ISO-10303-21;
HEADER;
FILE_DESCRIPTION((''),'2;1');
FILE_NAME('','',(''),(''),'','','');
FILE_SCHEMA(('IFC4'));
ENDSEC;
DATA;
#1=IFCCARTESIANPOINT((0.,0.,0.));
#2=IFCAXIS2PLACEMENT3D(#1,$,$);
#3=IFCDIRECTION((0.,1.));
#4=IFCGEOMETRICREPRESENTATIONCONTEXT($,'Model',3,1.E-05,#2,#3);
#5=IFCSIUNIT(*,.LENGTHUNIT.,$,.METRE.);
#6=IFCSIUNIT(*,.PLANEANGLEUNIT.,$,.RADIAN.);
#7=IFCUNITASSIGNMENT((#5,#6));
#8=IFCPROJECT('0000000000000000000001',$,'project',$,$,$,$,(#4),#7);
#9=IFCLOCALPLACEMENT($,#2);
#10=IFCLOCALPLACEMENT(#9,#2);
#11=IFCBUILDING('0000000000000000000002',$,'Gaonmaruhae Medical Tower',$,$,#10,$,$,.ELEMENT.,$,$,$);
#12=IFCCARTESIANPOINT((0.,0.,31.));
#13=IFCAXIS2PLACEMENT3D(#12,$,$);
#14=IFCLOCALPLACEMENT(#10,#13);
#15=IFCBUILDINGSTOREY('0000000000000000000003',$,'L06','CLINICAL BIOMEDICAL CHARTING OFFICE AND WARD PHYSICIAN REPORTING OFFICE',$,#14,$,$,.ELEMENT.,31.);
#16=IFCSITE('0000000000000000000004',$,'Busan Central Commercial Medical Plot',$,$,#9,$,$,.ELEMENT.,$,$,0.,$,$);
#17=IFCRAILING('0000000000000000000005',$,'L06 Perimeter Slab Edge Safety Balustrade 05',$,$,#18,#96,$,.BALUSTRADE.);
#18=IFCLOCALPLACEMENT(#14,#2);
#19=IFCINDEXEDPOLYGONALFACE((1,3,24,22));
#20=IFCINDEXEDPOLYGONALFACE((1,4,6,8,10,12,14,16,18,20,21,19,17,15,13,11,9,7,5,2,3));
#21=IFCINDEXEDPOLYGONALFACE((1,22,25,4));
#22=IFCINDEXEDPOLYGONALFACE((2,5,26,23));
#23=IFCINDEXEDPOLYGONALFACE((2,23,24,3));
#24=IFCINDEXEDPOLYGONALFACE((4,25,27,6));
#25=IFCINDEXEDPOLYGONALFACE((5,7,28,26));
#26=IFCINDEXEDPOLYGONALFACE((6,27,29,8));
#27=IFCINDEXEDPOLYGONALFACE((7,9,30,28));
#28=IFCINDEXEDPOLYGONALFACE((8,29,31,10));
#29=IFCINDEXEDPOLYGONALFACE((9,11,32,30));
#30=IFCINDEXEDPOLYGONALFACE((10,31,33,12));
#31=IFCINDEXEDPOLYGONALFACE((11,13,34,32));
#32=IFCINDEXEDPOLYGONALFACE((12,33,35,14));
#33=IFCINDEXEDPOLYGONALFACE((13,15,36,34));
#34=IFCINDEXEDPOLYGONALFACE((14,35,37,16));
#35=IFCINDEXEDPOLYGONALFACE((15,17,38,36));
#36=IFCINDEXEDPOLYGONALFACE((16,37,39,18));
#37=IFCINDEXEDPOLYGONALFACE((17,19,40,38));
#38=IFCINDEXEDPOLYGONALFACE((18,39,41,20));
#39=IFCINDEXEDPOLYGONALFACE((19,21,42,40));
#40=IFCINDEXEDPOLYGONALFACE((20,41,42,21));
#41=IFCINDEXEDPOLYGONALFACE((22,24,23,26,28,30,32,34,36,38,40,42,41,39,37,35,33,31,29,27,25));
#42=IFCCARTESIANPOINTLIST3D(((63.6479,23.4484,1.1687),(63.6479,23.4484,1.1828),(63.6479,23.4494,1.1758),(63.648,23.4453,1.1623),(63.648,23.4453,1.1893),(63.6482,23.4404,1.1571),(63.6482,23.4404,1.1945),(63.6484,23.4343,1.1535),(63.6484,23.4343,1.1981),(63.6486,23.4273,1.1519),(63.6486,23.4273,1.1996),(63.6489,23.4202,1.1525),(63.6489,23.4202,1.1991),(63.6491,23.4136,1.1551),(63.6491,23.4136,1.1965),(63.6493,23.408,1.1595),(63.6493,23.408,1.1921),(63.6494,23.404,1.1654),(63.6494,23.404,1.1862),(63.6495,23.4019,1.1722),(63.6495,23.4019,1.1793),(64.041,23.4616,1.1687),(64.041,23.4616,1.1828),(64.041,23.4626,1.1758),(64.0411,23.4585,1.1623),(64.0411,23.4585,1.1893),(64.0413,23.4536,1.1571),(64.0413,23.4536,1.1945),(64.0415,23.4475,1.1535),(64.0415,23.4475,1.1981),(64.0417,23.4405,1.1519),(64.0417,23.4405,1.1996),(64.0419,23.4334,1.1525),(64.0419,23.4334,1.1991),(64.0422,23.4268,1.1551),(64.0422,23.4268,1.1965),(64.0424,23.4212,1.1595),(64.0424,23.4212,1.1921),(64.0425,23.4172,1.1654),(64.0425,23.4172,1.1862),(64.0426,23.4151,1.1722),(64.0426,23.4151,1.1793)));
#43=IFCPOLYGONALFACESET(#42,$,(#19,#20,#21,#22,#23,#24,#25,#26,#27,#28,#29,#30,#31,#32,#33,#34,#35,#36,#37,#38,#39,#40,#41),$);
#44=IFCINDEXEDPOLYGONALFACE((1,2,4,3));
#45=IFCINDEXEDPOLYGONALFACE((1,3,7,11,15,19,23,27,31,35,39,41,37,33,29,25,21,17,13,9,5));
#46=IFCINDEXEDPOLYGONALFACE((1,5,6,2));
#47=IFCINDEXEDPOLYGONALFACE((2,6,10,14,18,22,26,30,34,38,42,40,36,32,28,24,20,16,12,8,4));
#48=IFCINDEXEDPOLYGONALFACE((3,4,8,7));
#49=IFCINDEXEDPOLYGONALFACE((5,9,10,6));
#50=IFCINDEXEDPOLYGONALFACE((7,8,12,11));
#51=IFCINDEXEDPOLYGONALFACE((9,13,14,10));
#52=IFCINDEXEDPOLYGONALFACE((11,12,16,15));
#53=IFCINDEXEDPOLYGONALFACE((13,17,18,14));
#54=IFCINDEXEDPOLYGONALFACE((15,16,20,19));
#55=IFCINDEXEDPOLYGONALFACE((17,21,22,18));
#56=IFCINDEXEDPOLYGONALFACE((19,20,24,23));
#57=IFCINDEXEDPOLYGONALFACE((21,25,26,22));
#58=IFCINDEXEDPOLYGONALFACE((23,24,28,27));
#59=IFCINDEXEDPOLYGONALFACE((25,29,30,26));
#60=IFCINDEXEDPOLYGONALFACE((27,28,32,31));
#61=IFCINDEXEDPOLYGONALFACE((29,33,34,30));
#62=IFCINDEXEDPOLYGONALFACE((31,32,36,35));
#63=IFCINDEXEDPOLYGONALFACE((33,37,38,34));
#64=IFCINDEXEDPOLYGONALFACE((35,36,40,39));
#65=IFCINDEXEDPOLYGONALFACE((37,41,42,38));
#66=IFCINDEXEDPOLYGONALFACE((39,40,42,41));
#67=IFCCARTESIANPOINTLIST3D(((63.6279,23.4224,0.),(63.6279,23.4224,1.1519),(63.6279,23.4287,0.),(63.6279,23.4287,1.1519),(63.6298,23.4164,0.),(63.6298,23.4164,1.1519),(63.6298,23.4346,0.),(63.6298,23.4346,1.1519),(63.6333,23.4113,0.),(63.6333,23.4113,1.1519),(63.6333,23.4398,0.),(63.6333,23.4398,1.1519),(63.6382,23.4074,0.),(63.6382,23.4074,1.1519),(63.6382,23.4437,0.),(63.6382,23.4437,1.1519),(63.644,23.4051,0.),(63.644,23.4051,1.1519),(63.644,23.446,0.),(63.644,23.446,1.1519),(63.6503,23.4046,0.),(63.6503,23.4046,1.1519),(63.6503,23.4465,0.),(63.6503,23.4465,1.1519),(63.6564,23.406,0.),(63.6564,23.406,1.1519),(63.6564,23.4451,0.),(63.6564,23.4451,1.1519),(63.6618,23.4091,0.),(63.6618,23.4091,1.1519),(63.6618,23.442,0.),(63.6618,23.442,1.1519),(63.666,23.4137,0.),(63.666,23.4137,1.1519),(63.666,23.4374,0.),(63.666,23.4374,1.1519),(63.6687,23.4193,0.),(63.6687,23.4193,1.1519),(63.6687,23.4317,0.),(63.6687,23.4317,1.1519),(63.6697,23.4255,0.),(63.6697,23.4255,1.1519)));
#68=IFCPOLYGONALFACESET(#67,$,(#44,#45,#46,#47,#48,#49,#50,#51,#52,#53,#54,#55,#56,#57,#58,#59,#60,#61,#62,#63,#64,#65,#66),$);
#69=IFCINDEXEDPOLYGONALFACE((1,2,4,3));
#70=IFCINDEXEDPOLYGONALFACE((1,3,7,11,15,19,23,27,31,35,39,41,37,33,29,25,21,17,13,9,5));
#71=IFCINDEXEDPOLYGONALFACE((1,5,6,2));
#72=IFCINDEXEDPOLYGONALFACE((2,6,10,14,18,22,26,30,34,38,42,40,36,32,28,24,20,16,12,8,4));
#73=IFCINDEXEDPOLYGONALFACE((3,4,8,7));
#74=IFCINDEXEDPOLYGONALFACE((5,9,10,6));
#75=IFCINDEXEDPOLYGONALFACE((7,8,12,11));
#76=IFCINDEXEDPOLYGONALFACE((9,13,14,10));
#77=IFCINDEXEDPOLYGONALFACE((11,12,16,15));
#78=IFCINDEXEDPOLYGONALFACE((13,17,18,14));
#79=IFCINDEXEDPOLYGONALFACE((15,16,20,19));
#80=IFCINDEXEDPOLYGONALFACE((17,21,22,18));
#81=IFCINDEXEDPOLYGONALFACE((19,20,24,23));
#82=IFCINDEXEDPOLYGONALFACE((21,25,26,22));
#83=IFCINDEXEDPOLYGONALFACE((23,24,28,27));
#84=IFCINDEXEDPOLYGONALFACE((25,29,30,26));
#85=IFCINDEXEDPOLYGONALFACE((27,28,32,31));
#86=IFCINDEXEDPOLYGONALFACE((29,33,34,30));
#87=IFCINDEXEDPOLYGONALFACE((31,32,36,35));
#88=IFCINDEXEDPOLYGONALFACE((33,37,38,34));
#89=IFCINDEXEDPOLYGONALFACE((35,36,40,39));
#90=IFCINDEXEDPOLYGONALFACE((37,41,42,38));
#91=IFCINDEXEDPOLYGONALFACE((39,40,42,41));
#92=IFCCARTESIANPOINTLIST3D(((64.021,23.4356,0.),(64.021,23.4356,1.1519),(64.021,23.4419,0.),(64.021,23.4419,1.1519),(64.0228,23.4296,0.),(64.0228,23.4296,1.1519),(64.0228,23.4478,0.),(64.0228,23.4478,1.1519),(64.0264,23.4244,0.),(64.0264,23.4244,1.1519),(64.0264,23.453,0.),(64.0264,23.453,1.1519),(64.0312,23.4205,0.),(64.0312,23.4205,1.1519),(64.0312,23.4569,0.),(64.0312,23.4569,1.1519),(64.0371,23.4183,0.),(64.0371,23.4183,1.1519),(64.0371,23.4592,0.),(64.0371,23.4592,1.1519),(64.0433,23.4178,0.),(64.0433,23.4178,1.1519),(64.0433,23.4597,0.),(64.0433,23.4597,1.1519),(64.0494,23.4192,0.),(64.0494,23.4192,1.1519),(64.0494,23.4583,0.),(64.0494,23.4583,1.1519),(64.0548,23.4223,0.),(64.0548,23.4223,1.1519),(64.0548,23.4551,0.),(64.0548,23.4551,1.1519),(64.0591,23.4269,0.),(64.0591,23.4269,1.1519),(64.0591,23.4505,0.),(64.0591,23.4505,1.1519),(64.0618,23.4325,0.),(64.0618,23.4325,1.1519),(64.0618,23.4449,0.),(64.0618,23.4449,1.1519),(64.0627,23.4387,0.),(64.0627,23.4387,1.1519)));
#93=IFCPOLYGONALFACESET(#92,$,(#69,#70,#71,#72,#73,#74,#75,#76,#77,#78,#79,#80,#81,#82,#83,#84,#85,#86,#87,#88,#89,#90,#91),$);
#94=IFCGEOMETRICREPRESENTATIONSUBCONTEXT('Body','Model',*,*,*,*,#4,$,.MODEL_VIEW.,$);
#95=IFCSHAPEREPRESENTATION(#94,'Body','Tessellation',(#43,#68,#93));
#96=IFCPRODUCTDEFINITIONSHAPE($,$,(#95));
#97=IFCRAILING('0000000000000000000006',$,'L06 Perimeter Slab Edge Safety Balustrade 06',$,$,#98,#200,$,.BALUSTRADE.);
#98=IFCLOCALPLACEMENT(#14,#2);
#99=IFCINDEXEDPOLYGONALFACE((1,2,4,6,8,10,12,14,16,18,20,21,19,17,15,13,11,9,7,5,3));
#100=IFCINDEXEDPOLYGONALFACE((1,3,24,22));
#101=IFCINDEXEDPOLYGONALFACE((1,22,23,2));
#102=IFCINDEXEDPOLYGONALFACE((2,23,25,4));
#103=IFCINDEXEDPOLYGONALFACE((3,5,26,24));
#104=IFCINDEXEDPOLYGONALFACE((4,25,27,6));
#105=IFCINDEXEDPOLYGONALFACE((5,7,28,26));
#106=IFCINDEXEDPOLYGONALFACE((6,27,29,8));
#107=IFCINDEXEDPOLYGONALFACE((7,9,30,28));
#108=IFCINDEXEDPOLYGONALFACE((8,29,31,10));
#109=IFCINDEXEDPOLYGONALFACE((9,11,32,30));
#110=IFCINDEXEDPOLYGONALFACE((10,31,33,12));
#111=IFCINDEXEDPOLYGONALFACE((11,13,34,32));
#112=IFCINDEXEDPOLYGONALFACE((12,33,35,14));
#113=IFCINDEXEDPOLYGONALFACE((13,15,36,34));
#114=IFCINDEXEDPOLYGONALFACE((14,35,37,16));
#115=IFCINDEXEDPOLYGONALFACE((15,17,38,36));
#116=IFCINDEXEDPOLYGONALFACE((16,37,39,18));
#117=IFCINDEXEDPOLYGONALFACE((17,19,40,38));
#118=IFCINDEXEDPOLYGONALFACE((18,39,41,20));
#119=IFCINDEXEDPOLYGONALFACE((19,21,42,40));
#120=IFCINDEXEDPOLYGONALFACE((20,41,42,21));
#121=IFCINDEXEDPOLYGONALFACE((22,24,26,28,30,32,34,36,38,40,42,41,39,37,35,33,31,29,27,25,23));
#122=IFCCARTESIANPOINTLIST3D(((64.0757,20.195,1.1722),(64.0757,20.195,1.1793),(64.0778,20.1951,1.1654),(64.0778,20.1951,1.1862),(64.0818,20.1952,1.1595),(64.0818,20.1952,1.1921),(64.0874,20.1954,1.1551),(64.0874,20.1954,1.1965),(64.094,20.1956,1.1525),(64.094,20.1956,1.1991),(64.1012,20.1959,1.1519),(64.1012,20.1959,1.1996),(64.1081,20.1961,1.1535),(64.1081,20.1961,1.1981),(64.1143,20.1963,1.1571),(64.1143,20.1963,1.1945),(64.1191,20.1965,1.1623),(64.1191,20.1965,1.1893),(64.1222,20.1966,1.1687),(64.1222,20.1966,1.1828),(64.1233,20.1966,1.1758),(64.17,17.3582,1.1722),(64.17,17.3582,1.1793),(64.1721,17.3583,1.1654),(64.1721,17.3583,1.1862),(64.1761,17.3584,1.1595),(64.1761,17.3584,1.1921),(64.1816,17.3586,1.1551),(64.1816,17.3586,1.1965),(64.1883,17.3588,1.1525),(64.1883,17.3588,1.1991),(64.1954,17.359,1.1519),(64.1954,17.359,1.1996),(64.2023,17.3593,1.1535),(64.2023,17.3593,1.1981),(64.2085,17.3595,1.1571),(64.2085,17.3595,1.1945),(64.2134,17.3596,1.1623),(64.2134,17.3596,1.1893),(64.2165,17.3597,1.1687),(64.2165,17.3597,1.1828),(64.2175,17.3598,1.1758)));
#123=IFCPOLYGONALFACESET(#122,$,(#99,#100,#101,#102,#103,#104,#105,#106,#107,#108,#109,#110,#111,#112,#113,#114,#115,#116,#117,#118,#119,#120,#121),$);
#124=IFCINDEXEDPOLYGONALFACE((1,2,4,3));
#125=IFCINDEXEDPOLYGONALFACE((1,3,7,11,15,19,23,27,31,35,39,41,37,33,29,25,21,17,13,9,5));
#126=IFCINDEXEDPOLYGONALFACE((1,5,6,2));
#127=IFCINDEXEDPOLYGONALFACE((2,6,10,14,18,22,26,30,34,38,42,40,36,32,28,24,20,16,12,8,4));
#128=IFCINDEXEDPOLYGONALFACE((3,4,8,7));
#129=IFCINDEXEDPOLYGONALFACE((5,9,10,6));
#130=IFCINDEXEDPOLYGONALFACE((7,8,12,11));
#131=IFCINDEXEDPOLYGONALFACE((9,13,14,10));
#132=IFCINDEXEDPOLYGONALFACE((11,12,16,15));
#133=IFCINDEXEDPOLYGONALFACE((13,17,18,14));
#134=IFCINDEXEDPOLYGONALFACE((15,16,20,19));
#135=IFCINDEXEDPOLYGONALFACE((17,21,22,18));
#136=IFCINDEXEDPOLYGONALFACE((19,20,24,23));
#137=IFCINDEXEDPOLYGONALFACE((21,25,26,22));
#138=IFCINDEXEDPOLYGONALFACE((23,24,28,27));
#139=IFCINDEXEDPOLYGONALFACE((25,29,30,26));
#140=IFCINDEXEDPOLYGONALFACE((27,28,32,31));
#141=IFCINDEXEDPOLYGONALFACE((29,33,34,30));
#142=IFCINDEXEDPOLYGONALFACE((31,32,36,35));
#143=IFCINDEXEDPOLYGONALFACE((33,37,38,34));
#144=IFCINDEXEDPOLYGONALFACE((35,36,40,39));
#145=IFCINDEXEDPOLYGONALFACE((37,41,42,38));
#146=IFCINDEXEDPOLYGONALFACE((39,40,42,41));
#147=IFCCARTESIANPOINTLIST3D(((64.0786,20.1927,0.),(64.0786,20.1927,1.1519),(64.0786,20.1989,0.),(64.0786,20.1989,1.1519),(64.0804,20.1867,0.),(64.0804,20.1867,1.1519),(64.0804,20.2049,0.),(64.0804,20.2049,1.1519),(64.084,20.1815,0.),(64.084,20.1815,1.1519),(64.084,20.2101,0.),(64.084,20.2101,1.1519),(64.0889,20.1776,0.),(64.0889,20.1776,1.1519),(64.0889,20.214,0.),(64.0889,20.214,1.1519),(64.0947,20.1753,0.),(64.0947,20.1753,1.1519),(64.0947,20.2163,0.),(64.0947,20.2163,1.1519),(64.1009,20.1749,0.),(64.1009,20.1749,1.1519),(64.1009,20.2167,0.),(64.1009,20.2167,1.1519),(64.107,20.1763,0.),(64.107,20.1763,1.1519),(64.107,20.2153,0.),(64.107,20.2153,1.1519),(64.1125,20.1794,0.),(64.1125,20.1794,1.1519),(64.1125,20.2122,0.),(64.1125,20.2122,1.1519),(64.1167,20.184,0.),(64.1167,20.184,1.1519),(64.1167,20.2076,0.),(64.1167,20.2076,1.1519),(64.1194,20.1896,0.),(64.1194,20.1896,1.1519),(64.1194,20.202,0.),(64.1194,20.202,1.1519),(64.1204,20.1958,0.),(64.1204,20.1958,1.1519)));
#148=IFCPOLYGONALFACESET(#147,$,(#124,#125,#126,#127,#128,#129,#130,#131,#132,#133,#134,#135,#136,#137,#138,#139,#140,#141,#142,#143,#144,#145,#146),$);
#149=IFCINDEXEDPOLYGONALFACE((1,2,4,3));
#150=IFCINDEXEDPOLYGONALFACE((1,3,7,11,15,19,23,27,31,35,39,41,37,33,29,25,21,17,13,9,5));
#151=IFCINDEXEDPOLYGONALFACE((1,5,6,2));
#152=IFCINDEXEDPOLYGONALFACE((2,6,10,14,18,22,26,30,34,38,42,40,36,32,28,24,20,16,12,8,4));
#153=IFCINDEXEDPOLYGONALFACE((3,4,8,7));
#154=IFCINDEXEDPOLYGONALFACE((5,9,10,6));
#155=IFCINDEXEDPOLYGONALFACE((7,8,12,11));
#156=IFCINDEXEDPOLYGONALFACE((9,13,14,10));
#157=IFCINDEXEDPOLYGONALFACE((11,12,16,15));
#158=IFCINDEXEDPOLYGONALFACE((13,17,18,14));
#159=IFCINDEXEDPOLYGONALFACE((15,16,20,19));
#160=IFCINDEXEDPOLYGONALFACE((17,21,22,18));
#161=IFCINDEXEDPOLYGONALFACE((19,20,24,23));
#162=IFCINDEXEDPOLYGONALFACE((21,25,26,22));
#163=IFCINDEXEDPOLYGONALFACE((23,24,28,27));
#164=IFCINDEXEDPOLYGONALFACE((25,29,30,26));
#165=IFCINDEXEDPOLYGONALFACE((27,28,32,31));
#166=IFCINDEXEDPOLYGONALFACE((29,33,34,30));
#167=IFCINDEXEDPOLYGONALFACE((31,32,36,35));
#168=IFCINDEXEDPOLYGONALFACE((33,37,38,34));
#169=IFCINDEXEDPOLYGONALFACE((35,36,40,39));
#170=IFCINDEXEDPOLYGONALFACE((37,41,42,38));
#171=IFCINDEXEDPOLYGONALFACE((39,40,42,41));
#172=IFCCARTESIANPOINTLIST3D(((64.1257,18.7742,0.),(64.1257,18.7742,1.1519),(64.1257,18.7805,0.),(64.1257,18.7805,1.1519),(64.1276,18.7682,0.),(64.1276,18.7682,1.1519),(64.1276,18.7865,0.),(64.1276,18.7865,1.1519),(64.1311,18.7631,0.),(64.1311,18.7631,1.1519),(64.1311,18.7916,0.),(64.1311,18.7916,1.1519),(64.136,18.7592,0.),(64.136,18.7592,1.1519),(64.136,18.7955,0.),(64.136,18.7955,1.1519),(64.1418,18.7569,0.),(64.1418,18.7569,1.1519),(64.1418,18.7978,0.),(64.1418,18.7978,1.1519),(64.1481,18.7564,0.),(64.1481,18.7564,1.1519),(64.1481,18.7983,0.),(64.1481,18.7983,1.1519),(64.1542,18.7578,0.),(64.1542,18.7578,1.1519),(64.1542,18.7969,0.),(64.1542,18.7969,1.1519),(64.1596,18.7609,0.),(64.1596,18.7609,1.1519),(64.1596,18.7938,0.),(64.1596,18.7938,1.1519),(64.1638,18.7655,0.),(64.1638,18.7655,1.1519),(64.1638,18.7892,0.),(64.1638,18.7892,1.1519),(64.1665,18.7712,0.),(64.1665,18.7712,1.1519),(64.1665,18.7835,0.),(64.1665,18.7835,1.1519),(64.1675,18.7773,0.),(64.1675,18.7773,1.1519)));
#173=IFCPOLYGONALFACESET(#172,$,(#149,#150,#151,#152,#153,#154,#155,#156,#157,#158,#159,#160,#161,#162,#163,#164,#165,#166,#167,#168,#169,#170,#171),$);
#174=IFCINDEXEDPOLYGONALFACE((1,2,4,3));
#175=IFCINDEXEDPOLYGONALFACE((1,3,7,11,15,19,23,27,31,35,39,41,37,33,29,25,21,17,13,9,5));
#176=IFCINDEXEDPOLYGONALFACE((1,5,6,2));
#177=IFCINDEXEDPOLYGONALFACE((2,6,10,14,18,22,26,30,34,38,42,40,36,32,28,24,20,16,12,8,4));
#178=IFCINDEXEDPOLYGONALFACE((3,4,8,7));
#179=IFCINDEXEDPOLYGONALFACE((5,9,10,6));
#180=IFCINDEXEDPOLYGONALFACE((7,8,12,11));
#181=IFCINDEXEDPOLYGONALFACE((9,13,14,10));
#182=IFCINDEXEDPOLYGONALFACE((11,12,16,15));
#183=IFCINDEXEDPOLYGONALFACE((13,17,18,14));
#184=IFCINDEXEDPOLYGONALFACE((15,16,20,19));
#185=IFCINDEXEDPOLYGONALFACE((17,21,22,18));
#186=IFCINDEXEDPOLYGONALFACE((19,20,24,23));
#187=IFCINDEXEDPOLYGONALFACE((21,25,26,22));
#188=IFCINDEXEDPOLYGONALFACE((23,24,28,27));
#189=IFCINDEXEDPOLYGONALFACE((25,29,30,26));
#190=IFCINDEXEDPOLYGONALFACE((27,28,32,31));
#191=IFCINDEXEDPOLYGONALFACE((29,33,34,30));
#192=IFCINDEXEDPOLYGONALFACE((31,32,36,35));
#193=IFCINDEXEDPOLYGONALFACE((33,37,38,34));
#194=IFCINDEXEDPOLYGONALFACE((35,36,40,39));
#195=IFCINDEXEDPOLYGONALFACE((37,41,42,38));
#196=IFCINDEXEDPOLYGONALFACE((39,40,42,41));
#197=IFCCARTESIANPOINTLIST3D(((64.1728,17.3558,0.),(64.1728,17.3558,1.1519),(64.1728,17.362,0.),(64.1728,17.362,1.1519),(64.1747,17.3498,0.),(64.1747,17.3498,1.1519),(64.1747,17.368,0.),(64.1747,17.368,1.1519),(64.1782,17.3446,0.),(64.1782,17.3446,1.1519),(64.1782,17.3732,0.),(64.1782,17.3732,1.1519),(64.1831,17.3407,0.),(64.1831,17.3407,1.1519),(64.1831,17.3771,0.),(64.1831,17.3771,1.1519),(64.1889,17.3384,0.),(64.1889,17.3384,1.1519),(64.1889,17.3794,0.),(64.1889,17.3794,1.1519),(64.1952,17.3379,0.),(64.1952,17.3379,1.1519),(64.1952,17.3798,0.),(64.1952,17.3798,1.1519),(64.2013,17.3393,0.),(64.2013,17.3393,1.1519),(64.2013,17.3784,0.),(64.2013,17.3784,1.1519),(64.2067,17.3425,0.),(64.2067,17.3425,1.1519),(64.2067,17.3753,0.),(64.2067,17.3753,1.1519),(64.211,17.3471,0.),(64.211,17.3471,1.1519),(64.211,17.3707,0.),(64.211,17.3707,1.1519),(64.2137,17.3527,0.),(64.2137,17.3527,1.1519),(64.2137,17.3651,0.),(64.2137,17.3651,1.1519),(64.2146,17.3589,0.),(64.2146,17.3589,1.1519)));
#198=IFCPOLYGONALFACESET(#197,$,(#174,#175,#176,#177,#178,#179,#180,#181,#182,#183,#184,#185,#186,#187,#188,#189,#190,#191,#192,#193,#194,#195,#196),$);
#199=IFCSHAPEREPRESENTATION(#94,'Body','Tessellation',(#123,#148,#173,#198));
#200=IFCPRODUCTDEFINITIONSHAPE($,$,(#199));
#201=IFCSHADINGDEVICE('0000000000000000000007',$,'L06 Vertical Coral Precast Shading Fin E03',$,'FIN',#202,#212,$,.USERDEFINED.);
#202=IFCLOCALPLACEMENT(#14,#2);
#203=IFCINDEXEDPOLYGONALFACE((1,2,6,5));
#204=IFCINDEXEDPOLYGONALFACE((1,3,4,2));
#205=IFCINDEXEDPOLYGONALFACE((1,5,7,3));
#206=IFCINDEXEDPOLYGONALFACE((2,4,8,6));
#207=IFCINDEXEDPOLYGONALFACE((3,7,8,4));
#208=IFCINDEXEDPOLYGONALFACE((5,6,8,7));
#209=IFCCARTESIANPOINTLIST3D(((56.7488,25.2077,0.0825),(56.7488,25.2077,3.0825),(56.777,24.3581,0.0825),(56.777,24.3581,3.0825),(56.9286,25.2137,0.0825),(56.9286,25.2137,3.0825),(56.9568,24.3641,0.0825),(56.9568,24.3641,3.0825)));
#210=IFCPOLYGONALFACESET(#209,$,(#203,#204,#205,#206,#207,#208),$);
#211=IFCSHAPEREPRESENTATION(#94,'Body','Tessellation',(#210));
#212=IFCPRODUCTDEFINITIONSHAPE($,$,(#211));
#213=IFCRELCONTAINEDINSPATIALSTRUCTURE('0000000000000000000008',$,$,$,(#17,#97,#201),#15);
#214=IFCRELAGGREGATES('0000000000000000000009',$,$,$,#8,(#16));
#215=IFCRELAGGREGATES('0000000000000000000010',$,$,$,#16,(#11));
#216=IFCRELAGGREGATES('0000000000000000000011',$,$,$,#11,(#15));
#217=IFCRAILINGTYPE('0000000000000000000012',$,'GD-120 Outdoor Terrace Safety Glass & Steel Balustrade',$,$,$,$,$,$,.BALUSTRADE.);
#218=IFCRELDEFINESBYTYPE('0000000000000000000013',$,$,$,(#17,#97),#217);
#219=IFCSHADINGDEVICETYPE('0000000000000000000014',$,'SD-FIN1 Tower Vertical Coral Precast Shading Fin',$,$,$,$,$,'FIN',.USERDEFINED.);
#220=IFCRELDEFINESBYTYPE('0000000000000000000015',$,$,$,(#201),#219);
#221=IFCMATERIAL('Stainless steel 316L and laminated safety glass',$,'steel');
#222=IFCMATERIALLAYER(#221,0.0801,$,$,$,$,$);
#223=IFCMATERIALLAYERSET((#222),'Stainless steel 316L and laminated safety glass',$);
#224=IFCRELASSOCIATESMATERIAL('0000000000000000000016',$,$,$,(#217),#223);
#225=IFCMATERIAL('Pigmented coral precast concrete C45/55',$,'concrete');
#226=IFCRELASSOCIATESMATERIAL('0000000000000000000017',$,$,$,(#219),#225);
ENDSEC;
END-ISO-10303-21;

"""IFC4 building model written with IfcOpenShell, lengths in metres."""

from ifc_helpers import new_model, si_unit, direction, frame, origin, origin_2d, place, context, subcontext, project, spatial, rectangle, circle, extrude, material, layer, layer_set, type_object, element, save


model = new_model("IFC4")

# Units and contexts
model_context = context("Model", 3, precision=1e-05, world=origin(), true_north=direction((0.0, 1.0)))
body_context = subcontext(model_context, "Body", "Model", "MODEL_VIEW")
ifc_project = project(units=[si_unit("LENGTHUNIT", "METRE"), si_unit("PLANEANGLEUNIT", "RADIAN")], contexts=[model_context])

# Site, building, storey
site_placement = place(None, origin())
site = spatial("IfcSite", under=ifc_project, at=site_placement, Name="Busan Central Commercial Medical Plot", CompositionType="ELEMENT", RefElevation=0.0)
building_placement = place(site_placement, origin())
building = spatial("IfcBuilding", under=site, at=building_placement, Name="Gaonmaruhae Medical Tower", CompositionType="ELEMENT")
storey_placement = place(building_placement, frame((0.0, 0.0, 31.0)))
storey = spatial("IfcBuildingStorey", under=building, at=storey_placement, Name="L06", Description="CLINICAL BIOMEDICAL CHARTING OFFICE AND WARD PHYSICIAN REPORTING OFFICE", CompositionType="ELEMENT", Elevation=31.0)

# Railings
ifc_material_1 = material(Name="Stainless steel 316L and laminated safety glass", Category="steel")
ifc_layer_1 = layer(ifc_material_1, 0.0801)
ifc_layer_set_1 = layer_set([ifc_layer_1], Name="Stainless steel 316L and laminated safety glass")
railing_type = type_object("IfcRailingType", Name="GD-120 Outdoor Terrace Safety Glass & Steel Balustrade", PredefinedType="BALUSTRADE", material=ifc_layer_set_1)
railing_1_placement = place(storey_placement, frame((63.6487, 23.4255, 0.0)))
element("IfcRailing", 1, at=railing_1_placement, inside=storey, type_object=railing_type, Name="L06 Perimeter Slab Edge Safety Balustrade 05", PredefinedType="BALUSTRADE", context=body_context, shape_type="SweptSolid", body=[
    extrude(circle(Radius=0.0239, at=origin_2d()), frame((0.0, 0.0, 1.1758), z_axis=(0.999438, 0.033522, 0.0), x_axis=(-0.033522, 0.999438, 0.0)), (0.0, 0.0, 1.0), 0.3933),
    extrude(circle(Radius=0.021, at=origin_2d()), origin(), (0.0, 0.0, 1.0), 1.1519),
    extrude(circle(Radius=0.021, at=origin_2d()), frame((0.3931, 0.0132, 0.0)), (0.0, 0.0, 1.0), 1.1519),
])
railing_2_placement = place(storey_placement, frame((64.0994, 20.1958, 0.0)))
element("IfcRailing", 2, at=railing_2_placement, inside=storey, type_object=railing_type, Name="L06 Perimeter Slab Edge Safety Balustrade 06", PredefinedType="BALUSTRADE", context=body_context, shape_type="SweptSolid", body=[
    extrude(circle(Radius=0.0239, at=origin_2d()), frame((0.0, 0.0, 1.1758), z_axis=(0.0332, -0.999449, 0.0), x_axis=(0.999449, 0.0332, 0.0)), (0.0, 0.0, 1.0), 2.8384),
    extrude(circle(Radius=0.021, at=origin_2d()), origin(), (0.0, 0.0, 1.0), 1.1519),
    extrude(circle(Radius=0.021, at=origin_2d()), frame((0.0471, -1.4185, 0.0)), (0.0, 0.0, 1.0), 1.1519),
    extrude(circle(Radius=0.021, at=origin_2d()), frame((0.0942, -2.8369, 0.0)), (0.0, 0.0, 1.0), 1.1519),
])

# Shading device
ifc_material_2 = material(Name="Pigmented coral precast concrete C45/55", Category="concrete")
shading_device_type = type_object("IfcShadingDeviceType", Name="SD-FIN1 Tower Vertical Coral Precast Shading Fin", ElementType="FIN", PredefinedType="USERDEFINED", material=ifc_material_2)
for number, where, z_axis, x_axis, name in (
    (3, (56.8528, 24.7859, 0.0825), (0.0, 0.0, 1.0), (0.99945, 0.033155, 0.0), "L06 Vertical Coral Precast Shading Fin E03"),
):
    element("IfcShadingDevice", number, at=place(storey_placement, frame(where, z_axis=z_axis, x_axis=x_axis)), inside=storey, type_object=shading_device_type, Name=name, ObjectType="FIN", PredefinedType="USERDEFINED", context=body_context, shape_type="SweptSolid", body=[
        extrude(rectangle(XDim=0.1799, YDim=0.8501, at=origin_2d()), origin(), (0.0, 0.0, 1.0), 3.0),
    ])

save(model, "model.ifc")
